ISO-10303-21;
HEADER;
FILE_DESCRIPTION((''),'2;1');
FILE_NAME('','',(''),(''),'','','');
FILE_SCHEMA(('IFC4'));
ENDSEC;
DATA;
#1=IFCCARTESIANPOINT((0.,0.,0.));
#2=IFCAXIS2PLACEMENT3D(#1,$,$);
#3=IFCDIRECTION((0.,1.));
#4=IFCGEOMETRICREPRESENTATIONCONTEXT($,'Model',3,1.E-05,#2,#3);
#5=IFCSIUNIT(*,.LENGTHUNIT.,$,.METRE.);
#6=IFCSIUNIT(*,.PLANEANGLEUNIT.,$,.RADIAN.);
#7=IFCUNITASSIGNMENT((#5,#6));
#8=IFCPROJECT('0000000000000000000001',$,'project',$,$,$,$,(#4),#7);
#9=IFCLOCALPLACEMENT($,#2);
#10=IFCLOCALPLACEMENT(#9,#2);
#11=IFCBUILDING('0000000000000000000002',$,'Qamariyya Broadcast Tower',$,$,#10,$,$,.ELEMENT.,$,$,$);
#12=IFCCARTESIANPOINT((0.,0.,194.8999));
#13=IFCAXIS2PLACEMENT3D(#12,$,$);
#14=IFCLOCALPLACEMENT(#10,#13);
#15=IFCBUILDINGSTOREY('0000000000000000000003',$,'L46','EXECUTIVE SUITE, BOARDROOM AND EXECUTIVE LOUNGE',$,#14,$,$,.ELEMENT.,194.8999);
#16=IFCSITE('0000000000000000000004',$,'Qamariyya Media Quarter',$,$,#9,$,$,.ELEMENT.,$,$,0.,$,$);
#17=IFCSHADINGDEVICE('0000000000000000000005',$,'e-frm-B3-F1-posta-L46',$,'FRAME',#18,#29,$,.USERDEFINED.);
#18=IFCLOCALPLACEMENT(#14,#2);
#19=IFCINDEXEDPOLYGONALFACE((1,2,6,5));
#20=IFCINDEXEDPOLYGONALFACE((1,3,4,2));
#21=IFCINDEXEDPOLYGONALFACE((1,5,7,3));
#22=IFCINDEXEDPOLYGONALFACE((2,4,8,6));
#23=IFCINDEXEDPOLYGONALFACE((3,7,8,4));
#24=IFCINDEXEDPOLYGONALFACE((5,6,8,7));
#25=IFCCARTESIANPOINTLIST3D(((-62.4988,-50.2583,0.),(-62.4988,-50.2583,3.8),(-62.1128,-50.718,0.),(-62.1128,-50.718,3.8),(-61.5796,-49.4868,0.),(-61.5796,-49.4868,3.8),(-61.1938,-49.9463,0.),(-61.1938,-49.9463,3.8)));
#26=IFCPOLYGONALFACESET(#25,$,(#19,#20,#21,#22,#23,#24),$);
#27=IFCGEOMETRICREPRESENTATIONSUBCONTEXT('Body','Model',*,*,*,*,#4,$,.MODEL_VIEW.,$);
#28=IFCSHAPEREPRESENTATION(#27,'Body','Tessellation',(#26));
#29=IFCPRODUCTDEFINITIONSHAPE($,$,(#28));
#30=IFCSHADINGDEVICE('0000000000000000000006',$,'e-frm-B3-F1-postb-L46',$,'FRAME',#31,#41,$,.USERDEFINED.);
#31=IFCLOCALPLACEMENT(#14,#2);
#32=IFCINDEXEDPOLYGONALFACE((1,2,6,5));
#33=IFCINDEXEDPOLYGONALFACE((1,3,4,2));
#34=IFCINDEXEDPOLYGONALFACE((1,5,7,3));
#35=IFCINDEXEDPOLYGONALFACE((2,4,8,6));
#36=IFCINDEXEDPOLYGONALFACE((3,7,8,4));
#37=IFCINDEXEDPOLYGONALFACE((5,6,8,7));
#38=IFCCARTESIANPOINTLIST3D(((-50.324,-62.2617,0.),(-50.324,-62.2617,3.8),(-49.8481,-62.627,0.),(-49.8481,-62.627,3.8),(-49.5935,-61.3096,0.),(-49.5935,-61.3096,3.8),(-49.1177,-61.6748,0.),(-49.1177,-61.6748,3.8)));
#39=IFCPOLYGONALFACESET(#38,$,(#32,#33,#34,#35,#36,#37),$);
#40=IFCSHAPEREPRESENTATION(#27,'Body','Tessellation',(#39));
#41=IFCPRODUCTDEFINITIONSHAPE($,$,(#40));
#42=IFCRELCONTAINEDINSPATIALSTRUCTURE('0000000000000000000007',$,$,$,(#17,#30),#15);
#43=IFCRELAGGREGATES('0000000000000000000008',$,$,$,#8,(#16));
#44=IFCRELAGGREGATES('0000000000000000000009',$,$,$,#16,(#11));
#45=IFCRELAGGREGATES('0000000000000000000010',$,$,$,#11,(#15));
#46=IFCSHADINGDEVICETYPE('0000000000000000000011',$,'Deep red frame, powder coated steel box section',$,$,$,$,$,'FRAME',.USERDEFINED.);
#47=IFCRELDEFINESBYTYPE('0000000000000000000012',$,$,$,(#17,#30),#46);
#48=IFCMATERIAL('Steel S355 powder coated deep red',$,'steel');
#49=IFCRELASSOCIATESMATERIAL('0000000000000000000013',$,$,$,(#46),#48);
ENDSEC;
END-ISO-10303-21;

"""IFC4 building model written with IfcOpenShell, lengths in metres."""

from ifc_helpers import new_model, si_unit, direction, frame, origin, place, context, subcontext, project, spatial, polyline, outline, extrude, material, type_object, element, save


model = new_model("IFC4")

# Units and contexts
model_context = context("Model", 3, precision=1e-05, world=origin(), true_north=direction((0.0, 1.0)))
body_context = subcontext(model_context, "Body", "Model", "MODEL_VIEW")
ifc_project = project(units=[si_unit("LENGTHUNIT", "METRE"), si_unit("PLANEANGLEUNIT", "RADIAN")], contexts=[model_context])

# Site, building, storey
site_placement = place(None, origin())
building_placement = place(site_placement, origin())
storey_placement = place(building_placement, frame((0.0, 0.0, 194.8999)))
site = spatial("IfcSite", under=ifc_project, at=site_placement, Name="Qamariyya Media Quarter", CompositionType="ELEMENT", RefElevation=0.0)
building = spatial("IfcBuilding", under=site, at=building_placement, Name="Qamariyya Broadcast Tower", CompositionType="ELEMENT")
storey = spatial("IfcBuildingStorey", under=building, at=storey_placement, Name="L46", Description="EXECUTIVE SUITE, BOARDROOM AND EXECUTIVE LOUNGE", CompositionType="ELEMENT", Elevation=194.8999)

# Shading devices
ifc_material_1 = material(Name="Steel S355 powder coated deep red", Category="steel")
shading_device_type = type_object("IfcShadingDeviceType", Name="Deep red frame, powder coated steel box section", ElementType="FRAME", PredefinedType="USERDEFINED", material=ifc_material_1)
shading_device_1_placement = place(storey_placement, origin())
element("IfcShadingDevice", 1, at=shading_device_1_placement, inside=storey, type_object=shading_device_type, Name="e-frm-B3-F1-posta-L46", ObjectType="FRAME", PredefinedType="USERDEFINED", context=body_context, shape_type="SweptSolid", body=[
    extrude(outline(polyline([(-61.5796, -49.4868), (-62.4988, -50.2583), (-62.1128, -50.718), (-61.1938, -49.9463), (-61.5796, -49.4868)])), origin(), (0.0, 0.0, 1.0), 3.8),
])
shading_device_2_placement = place(storey_placement, origin())
element("IfcShadingDevice", 2, at=shading_device_2_placement, inside=storey, type_object=shading_device_type, Name="e-frm-B3-F1-postb-L46", ObjectType="FRAME", PredefinedType="USERDEFINED", context=body_context, shape_type="SweptSolid", body=[
    extrude(outline(polyline([(-49.5935, -61.3096), (-50.324, -62.2617), (-49.8481, -62.627), (-49.1177, -61.6748), (-49.5935, -61.3096)])), origin(), (0.0, 0.0, 1.0), 3.8),
])

save(model, "model.ifc")
